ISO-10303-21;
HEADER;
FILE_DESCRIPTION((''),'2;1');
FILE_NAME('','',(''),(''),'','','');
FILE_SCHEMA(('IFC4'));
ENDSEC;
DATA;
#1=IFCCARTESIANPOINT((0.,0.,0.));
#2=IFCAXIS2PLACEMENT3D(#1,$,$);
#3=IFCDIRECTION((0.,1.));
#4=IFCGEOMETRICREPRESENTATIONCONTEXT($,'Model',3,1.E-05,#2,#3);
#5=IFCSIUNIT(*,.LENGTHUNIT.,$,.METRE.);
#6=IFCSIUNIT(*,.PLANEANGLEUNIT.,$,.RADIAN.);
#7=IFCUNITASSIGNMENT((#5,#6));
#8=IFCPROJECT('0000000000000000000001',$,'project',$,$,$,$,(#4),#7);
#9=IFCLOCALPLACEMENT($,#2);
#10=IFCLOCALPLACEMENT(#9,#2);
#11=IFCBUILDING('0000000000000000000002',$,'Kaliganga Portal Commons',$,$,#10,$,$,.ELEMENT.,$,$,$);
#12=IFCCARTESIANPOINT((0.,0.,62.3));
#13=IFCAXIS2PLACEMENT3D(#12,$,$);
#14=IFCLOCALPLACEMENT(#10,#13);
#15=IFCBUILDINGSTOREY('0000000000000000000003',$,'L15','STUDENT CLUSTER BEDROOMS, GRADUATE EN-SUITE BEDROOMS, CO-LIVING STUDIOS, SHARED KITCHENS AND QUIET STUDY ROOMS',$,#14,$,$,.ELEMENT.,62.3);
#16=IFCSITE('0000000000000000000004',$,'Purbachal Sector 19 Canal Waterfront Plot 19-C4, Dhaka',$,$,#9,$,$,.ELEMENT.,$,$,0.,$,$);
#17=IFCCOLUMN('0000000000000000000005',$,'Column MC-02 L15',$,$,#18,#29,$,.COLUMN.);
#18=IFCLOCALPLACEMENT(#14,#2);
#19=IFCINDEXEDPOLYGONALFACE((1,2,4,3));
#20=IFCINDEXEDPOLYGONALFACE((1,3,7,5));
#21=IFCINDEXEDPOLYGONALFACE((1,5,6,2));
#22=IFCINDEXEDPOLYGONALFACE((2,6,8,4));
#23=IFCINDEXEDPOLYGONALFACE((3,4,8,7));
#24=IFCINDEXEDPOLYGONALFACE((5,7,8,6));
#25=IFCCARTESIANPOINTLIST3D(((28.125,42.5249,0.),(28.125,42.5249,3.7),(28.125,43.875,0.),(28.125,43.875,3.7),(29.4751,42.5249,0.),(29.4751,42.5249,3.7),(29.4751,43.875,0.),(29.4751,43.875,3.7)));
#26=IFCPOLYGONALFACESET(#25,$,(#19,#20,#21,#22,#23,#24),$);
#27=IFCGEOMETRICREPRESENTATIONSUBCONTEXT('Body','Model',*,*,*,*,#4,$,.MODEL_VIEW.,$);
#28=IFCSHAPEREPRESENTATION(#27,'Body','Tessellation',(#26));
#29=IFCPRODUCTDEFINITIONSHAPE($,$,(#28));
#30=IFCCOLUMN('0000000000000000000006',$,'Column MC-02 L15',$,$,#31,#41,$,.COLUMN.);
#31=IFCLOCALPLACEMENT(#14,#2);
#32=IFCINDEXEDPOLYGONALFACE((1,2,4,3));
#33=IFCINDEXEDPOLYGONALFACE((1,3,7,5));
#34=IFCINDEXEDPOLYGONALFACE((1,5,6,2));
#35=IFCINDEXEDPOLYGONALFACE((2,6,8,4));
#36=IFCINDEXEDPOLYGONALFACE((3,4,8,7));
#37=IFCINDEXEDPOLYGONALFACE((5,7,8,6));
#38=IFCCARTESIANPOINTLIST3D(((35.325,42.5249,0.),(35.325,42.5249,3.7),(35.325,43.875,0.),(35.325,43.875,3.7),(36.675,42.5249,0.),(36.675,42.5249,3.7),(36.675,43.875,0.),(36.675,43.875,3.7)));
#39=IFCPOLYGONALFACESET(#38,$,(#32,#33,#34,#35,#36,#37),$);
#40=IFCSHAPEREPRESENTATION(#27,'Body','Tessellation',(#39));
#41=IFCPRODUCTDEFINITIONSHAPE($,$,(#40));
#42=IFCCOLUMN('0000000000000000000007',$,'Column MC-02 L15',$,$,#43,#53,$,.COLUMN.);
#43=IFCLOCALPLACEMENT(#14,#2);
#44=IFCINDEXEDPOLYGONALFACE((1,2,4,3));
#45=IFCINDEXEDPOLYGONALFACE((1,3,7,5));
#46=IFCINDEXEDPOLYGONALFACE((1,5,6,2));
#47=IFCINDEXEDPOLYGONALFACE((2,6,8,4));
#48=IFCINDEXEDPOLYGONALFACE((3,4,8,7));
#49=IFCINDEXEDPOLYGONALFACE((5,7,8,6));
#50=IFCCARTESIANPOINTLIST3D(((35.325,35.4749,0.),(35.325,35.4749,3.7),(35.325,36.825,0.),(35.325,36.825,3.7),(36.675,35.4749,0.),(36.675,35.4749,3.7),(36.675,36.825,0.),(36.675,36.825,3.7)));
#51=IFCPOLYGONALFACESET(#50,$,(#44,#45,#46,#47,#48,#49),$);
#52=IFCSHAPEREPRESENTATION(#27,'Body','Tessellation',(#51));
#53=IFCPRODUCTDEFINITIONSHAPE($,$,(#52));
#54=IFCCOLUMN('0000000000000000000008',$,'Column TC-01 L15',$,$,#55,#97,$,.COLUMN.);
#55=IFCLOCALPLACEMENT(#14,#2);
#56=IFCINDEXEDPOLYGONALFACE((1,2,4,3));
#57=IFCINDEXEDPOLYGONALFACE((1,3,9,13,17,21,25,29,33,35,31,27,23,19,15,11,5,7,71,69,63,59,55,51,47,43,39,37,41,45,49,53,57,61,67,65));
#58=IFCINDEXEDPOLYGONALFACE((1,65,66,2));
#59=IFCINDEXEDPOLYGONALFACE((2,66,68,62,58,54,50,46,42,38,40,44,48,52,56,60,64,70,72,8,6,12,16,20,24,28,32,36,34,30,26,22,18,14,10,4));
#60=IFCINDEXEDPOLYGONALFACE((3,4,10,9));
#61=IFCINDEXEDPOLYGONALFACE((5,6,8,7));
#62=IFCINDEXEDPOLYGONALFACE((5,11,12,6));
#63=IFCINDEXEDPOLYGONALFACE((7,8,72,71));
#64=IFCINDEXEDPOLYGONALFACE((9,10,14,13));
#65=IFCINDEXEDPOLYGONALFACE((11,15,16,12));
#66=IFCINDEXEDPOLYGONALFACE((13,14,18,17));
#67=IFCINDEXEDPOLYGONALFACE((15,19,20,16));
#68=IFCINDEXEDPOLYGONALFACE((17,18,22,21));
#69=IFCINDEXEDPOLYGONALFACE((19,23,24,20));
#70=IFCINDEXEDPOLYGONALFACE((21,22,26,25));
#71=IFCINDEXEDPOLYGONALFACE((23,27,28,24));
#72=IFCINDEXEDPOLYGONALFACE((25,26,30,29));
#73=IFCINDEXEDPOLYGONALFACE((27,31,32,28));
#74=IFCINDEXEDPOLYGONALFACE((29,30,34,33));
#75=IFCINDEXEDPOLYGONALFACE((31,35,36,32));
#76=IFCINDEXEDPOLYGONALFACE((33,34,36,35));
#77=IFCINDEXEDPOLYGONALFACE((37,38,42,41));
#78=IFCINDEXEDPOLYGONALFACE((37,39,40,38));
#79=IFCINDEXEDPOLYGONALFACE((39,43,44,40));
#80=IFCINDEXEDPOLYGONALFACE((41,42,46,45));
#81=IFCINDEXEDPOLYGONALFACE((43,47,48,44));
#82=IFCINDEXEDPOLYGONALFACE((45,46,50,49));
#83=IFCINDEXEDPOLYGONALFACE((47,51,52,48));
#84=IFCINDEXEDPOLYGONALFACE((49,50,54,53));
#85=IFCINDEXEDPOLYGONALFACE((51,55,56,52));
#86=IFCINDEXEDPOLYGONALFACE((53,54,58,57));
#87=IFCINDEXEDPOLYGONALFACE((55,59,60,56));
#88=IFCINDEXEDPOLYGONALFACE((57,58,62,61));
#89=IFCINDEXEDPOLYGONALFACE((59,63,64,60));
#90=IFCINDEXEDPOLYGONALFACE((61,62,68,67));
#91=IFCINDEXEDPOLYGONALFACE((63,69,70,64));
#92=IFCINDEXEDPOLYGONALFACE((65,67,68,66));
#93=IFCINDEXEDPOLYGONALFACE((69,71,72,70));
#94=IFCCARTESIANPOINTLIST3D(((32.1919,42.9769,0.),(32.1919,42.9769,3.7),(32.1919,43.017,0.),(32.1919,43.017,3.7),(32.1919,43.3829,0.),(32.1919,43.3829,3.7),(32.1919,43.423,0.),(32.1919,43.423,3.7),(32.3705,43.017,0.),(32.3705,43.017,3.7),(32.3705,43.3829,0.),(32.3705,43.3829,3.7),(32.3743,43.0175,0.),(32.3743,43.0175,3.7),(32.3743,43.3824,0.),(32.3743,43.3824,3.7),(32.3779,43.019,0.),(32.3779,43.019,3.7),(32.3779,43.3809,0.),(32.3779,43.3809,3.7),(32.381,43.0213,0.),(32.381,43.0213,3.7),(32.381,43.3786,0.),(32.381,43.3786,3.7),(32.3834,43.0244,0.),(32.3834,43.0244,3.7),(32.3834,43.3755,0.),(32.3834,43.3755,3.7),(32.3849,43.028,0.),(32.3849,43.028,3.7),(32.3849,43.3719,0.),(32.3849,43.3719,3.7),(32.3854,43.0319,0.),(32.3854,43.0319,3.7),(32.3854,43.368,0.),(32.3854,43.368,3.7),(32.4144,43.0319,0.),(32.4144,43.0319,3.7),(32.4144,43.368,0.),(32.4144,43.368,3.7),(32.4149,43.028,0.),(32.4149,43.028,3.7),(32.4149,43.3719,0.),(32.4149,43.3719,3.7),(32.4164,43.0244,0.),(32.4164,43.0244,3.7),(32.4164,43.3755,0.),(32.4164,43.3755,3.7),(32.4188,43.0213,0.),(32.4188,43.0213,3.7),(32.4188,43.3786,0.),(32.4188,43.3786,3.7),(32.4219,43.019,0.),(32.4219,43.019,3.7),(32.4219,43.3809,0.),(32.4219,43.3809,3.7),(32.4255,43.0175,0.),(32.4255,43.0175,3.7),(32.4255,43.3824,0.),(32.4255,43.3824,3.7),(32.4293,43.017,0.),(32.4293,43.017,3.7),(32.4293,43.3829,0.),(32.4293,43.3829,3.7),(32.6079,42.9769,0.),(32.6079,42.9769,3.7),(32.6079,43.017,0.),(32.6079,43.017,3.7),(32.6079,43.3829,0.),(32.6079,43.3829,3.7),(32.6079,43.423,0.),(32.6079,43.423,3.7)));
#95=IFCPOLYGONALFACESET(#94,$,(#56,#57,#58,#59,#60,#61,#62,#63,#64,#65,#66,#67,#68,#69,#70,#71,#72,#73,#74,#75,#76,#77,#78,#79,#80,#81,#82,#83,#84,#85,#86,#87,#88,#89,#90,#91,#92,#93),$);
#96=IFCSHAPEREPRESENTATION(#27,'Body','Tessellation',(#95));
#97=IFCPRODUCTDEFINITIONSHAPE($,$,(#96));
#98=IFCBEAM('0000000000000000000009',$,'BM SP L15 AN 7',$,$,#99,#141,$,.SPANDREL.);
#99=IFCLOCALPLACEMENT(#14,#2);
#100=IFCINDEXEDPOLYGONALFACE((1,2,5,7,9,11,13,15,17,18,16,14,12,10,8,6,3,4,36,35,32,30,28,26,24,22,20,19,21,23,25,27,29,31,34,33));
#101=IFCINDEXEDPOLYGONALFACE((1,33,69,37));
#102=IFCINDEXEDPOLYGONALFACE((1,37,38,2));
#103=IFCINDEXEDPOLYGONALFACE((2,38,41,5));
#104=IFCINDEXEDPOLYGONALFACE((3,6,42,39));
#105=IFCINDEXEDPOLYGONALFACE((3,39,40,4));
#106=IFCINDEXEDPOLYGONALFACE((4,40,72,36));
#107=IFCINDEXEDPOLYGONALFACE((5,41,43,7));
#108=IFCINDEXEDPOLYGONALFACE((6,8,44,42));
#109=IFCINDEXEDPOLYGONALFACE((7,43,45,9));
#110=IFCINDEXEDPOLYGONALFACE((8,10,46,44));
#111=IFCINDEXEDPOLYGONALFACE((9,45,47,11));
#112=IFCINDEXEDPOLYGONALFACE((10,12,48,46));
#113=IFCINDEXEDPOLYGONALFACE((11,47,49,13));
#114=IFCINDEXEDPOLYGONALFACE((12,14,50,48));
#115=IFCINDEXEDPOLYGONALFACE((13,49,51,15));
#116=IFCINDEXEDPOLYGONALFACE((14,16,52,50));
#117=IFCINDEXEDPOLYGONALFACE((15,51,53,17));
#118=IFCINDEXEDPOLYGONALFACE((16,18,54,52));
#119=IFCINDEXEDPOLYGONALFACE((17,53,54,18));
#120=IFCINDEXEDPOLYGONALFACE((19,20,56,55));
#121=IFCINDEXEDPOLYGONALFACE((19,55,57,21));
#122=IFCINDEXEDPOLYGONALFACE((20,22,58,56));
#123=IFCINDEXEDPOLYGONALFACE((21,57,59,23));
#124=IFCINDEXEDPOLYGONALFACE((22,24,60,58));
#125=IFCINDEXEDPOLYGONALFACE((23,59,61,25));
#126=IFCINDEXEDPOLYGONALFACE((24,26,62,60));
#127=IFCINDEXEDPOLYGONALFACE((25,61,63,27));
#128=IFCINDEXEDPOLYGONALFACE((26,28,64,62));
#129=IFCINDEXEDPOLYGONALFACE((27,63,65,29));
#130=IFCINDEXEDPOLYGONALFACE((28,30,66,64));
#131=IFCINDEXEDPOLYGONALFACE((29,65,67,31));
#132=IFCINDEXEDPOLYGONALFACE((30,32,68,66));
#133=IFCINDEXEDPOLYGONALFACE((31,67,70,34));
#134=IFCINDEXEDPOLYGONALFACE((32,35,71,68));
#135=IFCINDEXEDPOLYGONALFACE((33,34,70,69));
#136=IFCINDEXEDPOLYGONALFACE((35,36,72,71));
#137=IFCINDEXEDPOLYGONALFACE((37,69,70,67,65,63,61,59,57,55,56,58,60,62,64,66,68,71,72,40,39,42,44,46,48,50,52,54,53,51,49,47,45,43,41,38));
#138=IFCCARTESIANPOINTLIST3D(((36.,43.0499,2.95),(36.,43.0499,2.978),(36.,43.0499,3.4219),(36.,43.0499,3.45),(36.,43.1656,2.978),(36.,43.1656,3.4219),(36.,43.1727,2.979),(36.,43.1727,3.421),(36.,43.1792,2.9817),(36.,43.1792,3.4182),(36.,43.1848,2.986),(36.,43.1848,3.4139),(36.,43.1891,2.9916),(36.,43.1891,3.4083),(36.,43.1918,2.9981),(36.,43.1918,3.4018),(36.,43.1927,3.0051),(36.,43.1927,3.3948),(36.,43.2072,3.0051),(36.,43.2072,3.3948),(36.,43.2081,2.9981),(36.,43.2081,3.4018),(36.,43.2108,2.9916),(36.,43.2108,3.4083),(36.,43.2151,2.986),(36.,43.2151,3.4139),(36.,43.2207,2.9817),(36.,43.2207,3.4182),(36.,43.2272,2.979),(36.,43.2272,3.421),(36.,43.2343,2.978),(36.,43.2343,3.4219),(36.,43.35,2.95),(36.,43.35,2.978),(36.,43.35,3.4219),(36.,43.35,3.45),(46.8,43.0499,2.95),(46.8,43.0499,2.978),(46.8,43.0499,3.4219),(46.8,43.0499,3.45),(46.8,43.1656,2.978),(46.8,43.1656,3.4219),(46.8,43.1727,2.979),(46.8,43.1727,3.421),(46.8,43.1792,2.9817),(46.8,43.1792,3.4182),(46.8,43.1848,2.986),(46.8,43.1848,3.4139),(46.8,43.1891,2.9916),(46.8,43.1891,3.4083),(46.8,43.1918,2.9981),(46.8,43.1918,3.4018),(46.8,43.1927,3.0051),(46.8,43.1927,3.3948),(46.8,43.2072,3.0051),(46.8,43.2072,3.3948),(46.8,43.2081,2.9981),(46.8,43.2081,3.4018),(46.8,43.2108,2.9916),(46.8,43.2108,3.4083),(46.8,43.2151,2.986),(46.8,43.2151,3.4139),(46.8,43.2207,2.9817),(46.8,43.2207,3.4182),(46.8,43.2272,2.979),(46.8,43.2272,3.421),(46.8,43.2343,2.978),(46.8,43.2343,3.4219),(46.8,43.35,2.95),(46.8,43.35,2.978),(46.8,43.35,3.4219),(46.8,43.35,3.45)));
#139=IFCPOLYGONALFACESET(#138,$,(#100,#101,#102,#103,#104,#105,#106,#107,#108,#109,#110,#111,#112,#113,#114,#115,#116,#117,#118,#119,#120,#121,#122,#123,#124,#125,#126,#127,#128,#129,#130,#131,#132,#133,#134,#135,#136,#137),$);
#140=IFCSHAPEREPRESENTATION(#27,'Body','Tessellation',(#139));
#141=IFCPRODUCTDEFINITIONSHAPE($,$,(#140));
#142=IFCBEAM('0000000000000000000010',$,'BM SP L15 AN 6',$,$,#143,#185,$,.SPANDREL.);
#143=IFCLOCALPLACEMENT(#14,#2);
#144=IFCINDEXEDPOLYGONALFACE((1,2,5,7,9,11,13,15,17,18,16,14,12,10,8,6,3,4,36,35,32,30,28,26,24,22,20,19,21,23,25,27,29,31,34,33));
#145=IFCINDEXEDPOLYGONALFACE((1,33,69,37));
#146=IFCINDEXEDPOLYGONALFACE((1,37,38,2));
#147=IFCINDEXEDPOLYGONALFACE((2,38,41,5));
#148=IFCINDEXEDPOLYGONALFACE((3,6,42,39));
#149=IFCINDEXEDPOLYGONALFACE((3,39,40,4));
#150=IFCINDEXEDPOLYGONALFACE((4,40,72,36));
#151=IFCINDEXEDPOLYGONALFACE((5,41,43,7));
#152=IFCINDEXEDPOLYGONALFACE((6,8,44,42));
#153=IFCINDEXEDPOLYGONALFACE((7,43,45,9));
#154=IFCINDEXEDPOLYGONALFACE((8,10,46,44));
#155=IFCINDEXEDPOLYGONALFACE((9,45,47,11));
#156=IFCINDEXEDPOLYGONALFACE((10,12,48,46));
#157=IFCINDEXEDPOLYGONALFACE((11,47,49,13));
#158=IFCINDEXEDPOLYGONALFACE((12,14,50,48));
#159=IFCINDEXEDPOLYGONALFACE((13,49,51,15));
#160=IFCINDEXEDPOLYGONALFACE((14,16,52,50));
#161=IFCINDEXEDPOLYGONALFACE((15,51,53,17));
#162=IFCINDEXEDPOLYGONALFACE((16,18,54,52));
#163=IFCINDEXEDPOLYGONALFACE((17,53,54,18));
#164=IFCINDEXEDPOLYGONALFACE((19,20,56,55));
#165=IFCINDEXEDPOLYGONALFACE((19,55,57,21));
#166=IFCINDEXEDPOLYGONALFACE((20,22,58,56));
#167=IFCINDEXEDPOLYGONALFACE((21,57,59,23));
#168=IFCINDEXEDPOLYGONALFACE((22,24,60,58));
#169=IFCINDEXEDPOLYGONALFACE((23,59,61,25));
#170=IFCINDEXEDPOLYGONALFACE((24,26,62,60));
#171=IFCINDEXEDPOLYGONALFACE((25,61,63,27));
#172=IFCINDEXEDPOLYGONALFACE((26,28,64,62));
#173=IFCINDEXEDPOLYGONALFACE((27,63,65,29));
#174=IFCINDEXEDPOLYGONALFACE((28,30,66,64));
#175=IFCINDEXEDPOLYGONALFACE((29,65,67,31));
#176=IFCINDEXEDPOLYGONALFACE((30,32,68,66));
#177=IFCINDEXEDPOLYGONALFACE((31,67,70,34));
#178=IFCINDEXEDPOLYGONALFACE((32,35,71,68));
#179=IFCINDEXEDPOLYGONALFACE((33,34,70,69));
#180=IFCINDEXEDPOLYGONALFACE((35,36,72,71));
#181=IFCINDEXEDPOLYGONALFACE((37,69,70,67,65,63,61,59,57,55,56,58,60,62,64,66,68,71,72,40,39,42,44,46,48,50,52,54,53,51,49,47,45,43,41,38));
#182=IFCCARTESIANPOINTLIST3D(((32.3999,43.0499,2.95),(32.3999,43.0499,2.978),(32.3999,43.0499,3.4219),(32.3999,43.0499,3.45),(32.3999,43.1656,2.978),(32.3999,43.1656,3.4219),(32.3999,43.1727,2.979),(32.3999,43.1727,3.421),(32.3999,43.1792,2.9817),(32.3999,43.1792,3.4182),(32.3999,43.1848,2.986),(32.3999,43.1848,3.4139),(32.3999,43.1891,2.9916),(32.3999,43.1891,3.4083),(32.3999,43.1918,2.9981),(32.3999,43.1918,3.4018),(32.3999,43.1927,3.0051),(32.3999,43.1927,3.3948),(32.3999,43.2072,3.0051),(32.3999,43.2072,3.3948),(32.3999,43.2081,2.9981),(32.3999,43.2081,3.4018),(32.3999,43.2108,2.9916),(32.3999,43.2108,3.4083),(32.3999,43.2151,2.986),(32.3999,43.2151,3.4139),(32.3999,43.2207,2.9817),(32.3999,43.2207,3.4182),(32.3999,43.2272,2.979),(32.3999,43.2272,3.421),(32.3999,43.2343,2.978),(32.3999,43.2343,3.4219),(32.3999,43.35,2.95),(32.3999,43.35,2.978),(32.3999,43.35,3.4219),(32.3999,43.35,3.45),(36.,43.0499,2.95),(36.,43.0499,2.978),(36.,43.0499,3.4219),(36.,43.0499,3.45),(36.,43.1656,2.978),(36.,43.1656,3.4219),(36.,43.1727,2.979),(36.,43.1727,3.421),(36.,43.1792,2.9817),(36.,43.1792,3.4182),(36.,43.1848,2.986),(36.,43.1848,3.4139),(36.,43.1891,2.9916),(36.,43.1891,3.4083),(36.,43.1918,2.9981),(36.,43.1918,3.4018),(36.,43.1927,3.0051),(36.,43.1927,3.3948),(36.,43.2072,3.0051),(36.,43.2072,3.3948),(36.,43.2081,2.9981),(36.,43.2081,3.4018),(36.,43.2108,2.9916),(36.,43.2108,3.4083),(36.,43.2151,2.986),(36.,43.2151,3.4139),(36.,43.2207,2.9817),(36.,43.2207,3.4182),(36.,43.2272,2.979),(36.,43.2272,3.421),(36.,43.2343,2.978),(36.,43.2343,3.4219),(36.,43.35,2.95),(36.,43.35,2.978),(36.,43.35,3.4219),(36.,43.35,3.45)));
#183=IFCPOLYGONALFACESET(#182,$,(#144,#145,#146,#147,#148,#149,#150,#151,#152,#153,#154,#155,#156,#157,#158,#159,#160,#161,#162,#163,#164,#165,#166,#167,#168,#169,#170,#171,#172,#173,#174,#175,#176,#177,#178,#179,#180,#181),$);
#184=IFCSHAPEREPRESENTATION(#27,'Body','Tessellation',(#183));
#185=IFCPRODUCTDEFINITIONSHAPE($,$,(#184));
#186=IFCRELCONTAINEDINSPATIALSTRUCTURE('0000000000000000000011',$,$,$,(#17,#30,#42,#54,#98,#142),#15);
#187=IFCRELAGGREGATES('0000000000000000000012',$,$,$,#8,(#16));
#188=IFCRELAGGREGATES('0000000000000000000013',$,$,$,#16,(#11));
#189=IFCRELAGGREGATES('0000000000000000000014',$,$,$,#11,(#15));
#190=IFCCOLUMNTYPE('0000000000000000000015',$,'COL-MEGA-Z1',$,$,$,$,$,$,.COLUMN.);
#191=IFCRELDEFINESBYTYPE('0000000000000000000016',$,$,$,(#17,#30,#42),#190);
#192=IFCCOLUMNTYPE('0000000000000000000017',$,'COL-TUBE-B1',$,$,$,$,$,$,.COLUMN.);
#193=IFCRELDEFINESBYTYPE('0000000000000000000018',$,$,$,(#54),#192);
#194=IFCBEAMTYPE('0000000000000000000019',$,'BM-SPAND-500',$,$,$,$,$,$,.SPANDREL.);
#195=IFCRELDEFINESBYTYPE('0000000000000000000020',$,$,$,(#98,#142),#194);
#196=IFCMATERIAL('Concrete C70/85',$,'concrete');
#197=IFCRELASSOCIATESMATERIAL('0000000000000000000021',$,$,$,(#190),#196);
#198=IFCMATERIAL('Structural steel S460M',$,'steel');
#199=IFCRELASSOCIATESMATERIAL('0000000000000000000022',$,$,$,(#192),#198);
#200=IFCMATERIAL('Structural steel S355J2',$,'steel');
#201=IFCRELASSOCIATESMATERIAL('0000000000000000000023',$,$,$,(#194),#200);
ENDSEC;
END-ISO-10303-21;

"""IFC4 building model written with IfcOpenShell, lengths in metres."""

from ifc_helpers import new_model, si_unit, direction, frame, origin, origin_2d, place, context, subcontext, project, spatial, rectangle, i_section, extrude, source, transform, mapped, material, material_profile, profile_set, type_object, element, save


model = new_model("IFC4")

# Units and contexts
model_context = context("Model", 3, precision=1e-05, world=origin(), true_north=direction((0.0, 1.0)))
body_context = subcontext(model_context, "Body", "Model", "MODEL_VIEW")
ifc_project = project(units=[si_unit("LENGTHUNIT", "METRE"), si_unit("PLANEANGLEUNIT", "RADIAN")], contexts=[model_context])

# Site, building, storey
site_placement = place(None, origin())
site = spatial("IfcSite", under=ifc_project, at=site_placement, Name="Purbachal Sector 19 Canal Waterfront Plot 19-C4, Dhaka", CompositionType="ELEMENT", RefElevation=0.0)
building_placement = place(site_placement, origin())
building = spatial("IfcBuilding", under=site, at=building_placement, Name="Kaliganga Portal Commons", CompositionType="ELEMENT")
storey_placement = place(building_placement, frame((0.0, 0.0, 62.3)))
storey = spatial("IfcBuildingStorey", under=building, at=storey_placement, Name="L15", Description="STUDENT CLUSTER BEDROOMS, GRADUATE EN-SUITE BEDROOMS, CO-LIVING STUDIOS, SHARED KITCHENS AND QUIET STUDY ROOMS", CompositionType="ELEMENT", Elevation=62.3)

# Columns
ifc_material_1 = material(Name="Concrete C70/85", Category="concrete")
ifc_material_profile_1 = material_profile(ifc_material_1, rectangle(XDim=1.3501, YDim=1.3501, at=origin_2d()), Name="RC 1350x1350")
ifc_profile_set_1 = profile_set([ifc_material_profile_1], Name="Concrete C70/85")
column_type_1 = type_object("IfcColumnType", Name="COL-MEGA-Z1", PredefinedType="COLUMN", material=ifc_profile_set_1)
shared_shape_1 = source(origin(), body_context, "Body", "SweptSolid", [
    extrude(rectangle(XDim=1.3501, YDim=1.3501, at=origin_2d()), origin(), (0.0, 0.0, 1.0), 3.7),
])
for number, where, z_axis, x_axis, name in (
    (1, (28.8, 43.2, 0.0), (0.0, 0.0, 1.0), (1.0, 0.0, 0.0), "Column MC-02 L15"),
    (2, (36.0, 43.2, 0.0), (0.0, 0.0, 1.0), (1.0, 0.0, 0.0), "Column MC-02 L15"),
    (3, (36.0, 36.1499, 0.0), (0.0, 0.0, 1.0), (1.0, 0.0, 0.0), "Column MC-02 L15"),
):
    element("IfcColumn", number, at=place(storey_placement, frame(where, z_axis=z_axis, x_axis=x_axis)), inside=storey, type_object=column_type_1, Name=name, PredefinedType="COLUMN", context=body_context, shape_type="MappedRepresentation", body=[
        mapped(shared_shape_1, transform((0.0, 0.0, 0.0), x_axis=(1.0, 0.0, 0.0), y_axis=(0.0, 1.0, 0.0), z_axis=(0.0, 0.0, 1.0), scale=1.0)),
    ])
ifc_material_2 = material(Name="Structural steel S460M", Category="steel")
ifc_material_profile_2 = material_profile(ifc_material_2, i_section(OverallWidth=0.416, OverallDepth=0.446, WebThickness=0.0291, FlangeThickness=0.04, FilletRadius=0.0149, at=origin_2d()), Name="HD 400x509")
ifc_profile_set_2 = profile_set([ifc_material_profile_2], Name="Structural steel S460M wide-flange")
column_type_2 = type_object("IfcColumnType", Name="COL-TUBE-B1", PredefinedType="COLUMN", material=ifc_profile_set_2)
shared_shape_2 = source(origin(), body_context, "Body", "SweptSolid", [
    extrude(i_section(OverallWidth=0.416, OverallDepth=0.446, WebThickness=0.0291, FlangeThickness=0.04, FilletRadius=0.0149, at=origin_2d()), origin(), (0.0, 0.0, 1.0), 3.7),
])
column_placement = place(storey_placement, frame((32.3999, 43.2, 0.0), z_axis=(0.0, 0.0, 1.0), x_axis=(1.0, 0.0, 0.0)))
element("IfcColumn", 4, at=column_placement, inside=storey, type_object=column_type_2, Name="Column TC-01 L15", PredefinedType="COLUMN", context=body_context, shape_type="MappedRepresentation", body=[
    mapped(shared_shape_2, transform((0.0, 0.0, 0.0), x_axis=(1.0, 0.0, 0.0), y_axis=(0.0, 1.0, 0.0), z_axis=(0.0, 0.0, 1.0), scale=1.0)),
])

# Beams
ifc_material_3 = material(Name="Structural steel S355J2", Category="steel")
ifc_material_profile_3 = material_profile(ifc_material_3, i_section(OverallWidth=0.3, OverallDepth=0.5, WebThickness=0.0144, FlangeThickness=0.0281, FilletRadius=0.0271, at=origin_2d()), Name="HE 500 B")
ifc_profile_set_3 = profile_set([ifc_material_profile_3], Name="Structural steel S355J2 wide-flange")
beam_type_1 = type_object("IfcBeamType", Name="BM-SPAND-500", PredefinedType="SPANDREL", material=ifc_profile_set_3)
shared_shape_3 = source(origin(), body_context, "Body", "SweptSolid", [
    extrude(i_section(OverallWidth=0.3, OverallDepth=0.5, WebThickness=0.0144, FlangeThickness=0.0281, FilletRadius=0.0271, at=origin_2d()), origin(), (0.0, 0.0, 1.0), 10.8),
])
beam_1_placement = place(storey_placement, frame((36.0, 43.2, 3.2), z_axis=(1.0, 0.0, 0.0), x_axis=(0.0, 1.0, 0.0)))
element("IfcBeam", 5, at=beam_1_placement, inside=storey, type_object=beam_type_1, Name="BM SP L15 AN 7", PredefinedType="SPANDREL", context=body_context, shape_type="MappedRepresentation", body=[
    mapped(shared_shape_3, transform((0.0, 0.0, 0.0), x_axis=(1.0, 0.0, 0.0), y_axis=(0.0, 1.0, 0.0), z_axis=(0.0, 0.0, 1.0), scale=1.0)),
])
shared_shape_4 = source(origin(), body_context, "Body", "SweptSolid", [
    extrude(i_section(OverallWidth=0.3, OverallDepth=0.5, WebThickness=0.0144, FlangeThickness=0.0281, FilletRadius=0.0271, at=origin_2d()), origin(), (0.0, 0.0, 1.0), 3.6001),
])
beam_2_placement = place(storey_placement, frame((32.3999, 43.2, 3.2), z_axis=(1.0, 0.0, 0.0), x_axis=(0.0, 1.0, 0.0)))
element("IfcBeam", 6, at=beam_2_placement, inside=storey, type_object=beam_type_1, Name="BM SP L15 AN 6", PredefinedType="SPANDREL", context=body_context, shape_type="MappedRepresentation", body=[
    mapped(shared_shape_4, transform((0.0, 0.0, 0.0), x_axis=(1.0, 0.0, 0.0), y_axis=(0.0, 1.0, 0.0), z_axis=(0.0, 0.0, 1.0), scale=1.0)),
])

save(model, "model.ifc")
